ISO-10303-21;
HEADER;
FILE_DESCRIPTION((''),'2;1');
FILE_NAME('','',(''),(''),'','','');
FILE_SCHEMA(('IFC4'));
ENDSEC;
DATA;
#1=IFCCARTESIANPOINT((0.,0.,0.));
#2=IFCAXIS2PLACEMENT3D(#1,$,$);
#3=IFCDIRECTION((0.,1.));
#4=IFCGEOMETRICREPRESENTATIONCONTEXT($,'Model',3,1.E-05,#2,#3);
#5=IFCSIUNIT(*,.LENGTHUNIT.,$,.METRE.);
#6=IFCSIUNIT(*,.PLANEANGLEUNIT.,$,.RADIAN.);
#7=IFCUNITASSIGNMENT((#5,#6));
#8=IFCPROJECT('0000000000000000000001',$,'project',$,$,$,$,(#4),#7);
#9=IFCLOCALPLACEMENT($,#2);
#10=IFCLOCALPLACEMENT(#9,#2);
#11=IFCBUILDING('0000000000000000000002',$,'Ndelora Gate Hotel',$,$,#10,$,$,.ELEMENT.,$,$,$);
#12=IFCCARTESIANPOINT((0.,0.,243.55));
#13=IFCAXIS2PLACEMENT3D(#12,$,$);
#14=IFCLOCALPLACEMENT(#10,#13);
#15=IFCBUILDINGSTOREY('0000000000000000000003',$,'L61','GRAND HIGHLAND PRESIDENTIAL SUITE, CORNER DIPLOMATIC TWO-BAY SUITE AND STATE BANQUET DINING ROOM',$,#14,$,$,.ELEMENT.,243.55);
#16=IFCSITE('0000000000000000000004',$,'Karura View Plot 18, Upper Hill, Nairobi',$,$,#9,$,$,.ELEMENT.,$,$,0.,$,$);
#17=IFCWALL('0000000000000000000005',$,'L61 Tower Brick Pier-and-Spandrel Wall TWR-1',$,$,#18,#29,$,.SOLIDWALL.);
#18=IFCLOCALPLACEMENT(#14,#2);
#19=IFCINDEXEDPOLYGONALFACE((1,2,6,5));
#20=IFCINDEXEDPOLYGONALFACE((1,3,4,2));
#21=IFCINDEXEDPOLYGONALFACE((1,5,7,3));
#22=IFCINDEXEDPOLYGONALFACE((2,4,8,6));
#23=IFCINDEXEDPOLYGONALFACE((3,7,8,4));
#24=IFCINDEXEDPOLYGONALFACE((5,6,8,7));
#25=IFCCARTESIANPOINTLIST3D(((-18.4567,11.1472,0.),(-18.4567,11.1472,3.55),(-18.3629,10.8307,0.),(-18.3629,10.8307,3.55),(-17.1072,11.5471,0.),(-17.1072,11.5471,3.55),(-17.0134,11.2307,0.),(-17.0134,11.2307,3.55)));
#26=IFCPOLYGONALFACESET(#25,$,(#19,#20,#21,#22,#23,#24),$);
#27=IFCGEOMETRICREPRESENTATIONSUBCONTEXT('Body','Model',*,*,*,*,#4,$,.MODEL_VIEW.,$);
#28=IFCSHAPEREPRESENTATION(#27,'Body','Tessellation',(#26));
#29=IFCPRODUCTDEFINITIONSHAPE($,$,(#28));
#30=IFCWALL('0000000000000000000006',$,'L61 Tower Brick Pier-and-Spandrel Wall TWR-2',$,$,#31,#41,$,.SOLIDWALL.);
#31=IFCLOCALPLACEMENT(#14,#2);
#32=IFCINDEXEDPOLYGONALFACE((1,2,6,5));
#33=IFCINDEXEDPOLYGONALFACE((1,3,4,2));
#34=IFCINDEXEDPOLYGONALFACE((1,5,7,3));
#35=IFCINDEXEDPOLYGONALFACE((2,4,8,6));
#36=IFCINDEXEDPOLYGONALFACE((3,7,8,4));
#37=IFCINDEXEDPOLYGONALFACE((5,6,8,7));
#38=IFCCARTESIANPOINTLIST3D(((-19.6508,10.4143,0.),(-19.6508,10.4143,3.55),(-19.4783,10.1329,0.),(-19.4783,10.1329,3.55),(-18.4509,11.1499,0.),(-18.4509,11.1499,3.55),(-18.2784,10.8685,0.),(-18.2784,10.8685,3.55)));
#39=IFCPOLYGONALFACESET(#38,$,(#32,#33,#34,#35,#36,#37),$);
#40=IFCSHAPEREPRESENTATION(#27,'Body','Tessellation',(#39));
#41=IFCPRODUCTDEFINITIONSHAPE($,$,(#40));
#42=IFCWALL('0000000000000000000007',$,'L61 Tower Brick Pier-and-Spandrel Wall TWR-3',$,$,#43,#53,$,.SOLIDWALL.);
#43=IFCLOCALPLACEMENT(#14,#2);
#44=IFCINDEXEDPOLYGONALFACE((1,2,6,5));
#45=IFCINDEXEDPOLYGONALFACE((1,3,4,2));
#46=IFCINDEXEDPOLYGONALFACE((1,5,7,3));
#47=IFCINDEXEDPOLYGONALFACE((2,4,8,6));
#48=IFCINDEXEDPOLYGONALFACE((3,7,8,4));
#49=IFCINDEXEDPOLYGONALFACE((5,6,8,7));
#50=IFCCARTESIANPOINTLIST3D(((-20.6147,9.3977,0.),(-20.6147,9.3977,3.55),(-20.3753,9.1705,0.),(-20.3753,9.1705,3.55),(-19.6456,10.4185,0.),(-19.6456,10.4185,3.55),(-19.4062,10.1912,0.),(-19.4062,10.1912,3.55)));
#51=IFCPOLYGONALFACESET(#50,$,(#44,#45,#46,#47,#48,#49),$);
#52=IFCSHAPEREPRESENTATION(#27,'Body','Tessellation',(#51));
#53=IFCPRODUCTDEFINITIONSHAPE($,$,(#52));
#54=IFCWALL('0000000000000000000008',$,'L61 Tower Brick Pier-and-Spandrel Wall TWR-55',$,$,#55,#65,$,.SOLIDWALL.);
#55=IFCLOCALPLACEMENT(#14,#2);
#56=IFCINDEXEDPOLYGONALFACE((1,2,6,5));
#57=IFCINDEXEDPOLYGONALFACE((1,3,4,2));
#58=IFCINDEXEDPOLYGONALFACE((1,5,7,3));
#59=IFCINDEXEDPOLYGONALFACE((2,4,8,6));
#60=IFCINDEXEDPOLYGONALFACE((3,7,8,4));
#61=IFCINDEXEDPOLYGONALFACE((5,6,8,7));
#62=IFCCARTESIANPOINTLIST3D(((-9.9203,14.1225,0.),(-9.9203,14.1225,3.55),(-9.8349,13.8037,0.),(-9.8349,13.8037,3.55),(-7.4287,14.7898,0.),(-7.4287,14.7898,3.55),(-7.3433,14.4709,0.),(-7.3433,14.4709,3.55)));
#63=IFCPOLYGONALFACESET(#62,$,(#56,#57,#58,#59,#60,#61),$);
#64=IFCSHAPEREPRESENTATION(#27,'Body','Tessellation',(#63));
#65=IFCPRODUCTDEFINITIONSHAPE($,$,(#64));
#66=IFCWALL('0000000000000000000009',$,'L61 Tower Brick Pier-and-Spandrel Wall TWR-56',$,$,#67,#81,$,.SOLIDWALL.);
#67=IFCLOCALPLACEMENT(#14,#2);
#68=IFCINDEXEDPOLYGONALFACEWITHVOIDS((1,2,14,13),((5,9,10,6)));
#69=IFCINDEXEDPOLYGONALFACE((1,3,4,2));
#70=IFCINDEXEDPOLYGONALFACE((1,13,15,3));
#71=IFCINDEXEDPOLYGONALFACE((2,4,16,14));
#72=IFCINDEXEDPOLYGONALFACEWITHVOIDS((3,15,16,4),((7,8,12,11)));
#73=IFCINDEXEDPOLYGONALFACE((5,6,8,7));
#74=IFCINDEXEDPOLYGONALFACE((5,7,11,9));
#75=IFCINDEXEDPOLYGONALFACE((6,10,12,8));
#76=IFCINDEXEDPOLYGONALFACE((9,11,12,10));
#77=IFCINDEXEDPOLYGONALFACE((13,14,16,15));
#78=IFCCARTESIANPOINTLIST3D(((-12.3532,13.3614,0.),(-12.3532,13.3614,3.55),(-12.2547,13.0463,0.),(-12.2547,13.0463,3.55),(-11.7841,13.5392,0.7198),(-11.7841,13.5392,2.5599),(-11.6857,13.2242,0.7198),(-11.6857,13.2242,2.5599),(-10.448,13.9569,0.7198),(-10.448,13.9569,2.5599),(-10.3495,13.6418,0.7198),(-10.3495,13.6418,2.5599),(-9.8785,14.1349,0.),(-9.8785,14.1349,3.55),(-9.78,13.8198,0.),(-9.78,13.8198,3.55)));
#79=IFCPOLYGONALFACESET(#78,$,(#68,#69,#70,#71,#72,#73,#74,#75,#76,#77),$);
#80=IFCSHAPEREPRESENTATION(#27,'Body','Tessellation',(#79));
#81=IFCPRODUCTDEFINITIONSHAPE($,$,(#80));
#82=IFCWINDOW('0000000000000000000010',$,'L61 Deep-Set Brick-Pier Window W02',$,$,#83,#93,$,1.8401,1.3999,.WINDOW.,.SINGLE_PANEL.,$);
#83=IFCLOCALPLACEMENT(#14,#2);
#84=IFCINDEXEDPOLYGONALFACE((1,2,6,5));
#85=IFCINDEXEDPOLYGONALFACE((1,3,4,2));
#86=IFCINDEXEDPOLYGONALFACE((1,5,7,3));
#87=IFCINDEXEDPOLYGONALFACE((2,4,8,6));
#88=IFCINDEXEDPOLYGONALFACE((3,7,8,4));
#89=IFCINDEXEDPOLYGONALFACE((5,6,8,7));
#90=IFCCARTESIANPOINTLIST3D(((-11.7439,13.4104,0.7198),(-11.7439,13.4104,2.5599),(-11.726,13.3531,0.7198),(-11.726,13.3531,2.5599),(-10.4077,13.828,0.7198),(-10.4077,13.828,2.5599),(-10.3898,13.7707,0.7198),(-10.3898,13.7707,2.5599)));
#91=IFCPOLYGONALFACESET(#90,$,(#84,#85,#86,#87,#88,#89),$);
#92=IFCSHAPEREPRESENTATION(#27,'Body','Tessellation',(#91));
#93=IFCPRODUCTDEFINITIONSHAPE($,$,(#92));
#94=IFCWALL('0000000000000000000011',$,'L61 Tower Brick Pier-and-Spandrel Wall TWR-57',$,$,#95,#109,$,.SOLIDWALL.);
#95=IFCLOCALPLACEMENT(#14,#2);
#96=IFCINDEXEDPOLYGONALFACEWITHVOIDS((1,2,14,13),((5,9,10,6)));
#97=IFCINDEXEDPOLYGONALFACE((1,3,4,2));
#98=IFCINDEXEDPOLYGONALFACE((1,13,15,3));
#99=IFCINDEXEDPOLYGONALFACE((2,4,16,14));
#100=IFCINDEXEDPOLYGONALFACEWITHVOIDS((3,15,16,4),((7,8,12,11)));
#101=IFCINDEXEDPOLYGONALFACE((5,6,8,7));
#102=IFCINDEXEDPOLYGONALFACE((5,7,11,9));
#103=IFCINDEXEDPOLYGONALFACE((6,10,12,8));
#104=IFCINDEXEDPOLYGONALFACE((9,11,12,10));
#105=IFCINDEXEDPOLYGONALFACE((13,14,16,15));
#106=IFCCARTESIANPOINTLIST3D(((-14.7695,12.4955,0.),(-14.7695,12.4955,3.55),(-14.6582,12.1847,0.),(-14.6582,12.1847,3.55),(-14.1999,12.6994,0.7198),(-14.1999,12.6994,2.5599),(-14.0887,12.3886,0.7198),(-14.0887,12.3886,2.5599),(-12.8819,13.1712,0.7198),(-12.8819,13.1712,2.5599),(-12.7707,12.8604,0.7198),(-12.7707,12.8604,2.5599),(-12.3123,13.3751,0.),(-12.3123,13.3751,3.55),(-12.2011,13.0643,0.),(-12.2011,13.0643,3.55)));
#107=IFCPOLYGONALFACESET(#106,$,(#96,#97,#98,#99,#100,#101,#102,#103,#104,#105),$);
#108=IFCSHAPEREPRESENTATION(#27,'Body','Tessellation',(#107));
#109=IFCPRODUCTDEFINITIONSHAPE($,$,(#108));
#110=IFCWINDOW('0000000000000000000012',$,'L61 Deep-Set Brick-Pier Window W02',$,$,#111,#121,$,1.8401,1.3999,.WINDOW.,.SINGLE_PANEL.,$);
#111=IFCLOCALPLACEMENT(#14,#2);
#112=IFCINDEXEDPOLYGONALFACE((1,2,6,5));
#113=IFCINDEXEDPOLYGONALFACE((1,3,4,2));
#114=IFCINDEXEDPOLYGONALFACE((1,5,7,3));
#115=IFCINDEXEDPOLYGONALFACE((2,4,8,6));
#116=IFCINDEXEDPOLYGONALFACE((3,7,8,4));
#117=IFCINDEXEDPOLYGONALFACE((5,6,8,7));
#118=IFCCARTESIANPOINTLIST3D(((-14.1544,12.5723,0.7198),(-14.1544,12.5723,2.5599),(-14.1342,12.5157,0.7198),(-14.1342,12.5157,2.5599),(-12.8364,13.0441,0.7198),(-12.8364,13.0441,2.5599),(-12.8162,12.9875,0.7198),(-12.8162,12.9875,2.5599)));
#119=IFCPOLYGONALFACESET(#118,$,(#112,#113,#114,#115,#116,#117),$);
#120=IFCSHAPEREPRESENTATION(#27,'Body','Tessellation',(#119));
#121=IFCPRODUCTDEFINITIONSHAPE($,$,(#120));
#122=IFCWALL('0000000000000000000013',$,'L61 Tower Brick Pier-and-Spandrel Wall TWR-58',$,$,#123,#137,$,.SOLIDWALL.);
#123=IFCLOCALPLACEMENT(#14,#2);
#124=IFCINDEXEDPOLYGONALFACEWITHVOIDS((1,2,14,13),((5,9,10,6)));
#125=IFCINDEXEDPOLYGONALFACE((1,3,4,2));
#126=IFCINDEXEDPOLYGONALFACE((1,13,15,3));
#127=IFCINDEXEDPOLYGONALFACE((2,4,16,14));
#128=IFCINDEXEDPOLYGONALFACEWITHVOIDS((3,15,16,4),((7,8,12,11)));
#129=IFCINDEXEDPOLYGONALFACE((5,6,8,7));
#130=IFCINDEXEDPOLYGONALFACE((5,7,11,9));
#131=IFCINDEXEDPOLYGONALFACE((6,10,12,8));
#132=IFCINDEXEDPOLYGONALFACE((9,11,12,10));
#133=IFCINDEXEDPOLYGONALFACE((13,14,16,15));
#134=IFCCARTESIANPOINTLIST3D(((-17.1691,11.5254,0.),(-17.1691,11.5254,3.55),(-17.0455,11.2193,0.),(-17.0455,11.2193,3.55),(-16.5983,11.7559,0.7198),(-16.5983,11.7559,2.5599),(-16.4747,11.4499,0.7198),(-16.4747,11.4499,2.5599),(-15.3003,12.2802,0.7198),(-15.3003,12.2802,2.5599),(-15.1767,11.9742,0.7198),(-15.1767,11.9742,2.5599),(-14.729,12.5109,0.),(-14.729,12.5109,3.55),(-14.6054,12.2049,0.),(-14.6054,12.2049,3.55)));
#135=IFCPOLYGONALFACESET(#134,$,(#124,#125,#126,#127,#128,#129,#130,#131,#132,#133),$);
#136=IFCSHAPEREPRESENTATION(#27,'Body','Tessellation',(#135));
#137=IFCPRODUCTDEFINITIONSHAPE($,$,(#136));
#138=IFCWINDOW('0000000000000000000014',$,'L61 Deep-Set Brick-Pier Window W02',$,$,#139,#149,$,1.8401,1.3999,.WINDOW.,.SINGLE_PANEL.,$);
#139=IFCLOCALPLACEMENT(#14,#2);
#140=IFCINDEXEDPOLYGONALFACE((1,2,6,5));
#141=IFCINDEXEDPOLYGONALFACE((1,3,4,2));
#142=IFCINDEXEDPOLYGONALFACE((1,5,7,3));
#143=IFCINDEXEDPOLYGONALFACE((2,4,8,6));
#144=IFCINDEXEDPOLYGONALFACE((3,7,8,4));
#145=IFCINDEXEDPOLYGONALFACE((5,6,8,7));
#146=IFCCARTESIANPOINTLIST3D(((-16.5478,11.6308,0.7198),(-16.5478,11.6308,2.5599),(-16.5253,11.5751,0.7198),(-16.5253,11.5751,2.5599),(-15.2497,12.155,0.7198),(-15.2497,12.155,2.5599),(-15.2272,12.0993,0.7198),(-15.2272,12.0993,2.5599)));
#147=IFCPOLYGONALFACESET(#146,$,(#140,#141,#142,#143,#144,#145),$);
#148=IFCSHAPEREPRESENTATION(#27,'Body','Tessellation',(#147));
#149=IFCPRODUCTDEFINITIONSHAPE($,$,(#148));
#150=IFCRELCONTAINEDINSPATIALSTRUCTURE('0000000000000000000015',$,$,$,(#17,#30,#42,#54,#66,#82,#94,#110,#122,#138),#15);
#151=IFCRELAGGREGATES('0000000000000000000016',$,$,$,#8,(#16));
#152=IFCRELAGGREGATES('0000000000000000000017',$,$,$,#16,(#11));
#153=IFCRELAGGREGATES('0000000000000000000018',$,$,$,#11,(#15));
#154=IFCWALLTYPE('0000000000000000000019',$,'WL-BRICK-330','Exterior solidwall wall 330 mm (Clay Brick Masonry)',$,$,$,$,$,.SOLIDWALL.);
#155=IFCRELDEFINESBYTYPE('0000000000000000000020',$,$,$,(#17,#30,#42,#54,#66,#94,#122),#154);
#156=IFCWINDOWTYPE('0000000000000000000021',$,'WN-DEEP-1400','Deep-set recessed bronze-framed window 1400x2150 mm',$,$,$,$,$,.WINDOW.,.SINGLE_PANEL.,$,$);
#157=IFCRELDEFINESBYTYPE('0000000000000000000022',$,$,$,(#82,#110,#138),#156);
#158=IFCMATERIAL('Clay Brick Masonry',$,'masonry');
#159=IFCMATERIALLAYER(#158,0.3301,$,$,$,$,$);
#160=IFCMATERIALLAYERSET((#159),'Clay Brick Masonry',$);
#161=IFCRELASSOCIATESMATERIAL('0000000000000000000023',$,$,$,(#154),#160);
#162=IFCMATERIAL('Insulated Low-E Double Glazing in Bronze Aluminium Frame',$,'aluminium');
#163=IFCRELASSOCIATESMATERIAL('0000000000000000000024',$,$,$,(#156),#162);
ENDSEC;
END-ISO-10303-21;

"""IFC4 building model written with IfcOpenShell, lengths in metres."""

from ifc_helpers import new_model, si_unit, direction, frame, frame_2d, origin, place, context, subcontext, project, spatial, rectangle, extrude, material, layer, layer_set, type_object, element, fill, save


model = new_model("IFC4")

# Units and contexts
model_context = context("Model", 3, precision=1e-05, world=origin(), true_north=direction((0.0, 1.0)))
body_context = subcontext(model_context, "Body", "Model", "MODEL_VIEW")
ifc_project = project(units=[si_unit("LENGTHUNIT", "METRE"), si_unit("PLANEANGLEUNIT", "RADIAN")], contexts=[model_context])

# Site, building, storey
site_placement = place(None, origin())
site = spatial("IfcSite", under=ifc_project, at=site_placement, Name="Karura View Plot 18, Upper Hill, Nairobi", CompositionType="ELEMENT", RefElevation=0.0)
building_placement = place(site_placement, origin())
building = spatial("IfcBuilding", under=site, at=building_placement, Name="Ndelora Gate Hotel", CompositionType="ELEMENT")
storey_placement = place(building_placement, frame((0.0, 0.0, 243.55)))
storey = spatial("IfcBuildingStorey", under=building, at=storey_placement, Name="L61", Description="GRAND HIGHLAND PRESIDENTIAL SUITE, CORNER DIPLOMATIC TWO-BAY SUITE AND STATE BANQUET DINING ROOM", CompositionType="ELEMENT", Elevation=243.55)

# Walls
ifc_material_1 = material(Name="Clay Brick Masonry", Category="masonry")
ifc_layer_1 = layer(ifc_material_1, 0.3301)
ifc_layer_set_1 = layer_set([ifc_layer_1], Name="Clay Brick Masonry")
wall_type_1 = type_object("IfcWallType", Name="WL-BRICK-330", Description="Exterior solidwall wall 330 mm (Clay Brick Masonry)", PredefinedType="SOLIDWALL", material=ifc_layer_set_1)
for number, where, z_axis, x_axis, name in (
    (1, (-18.4097, 10.989, 0.0), (0.0, 0.0, 1.0), (0.958781, 0.284147, 0.0), "L61 Tower Brick Pier-and-Spandrel Wall TWR-1"),
    (2, (-19.5645, 10.2737, 0.0), (0.0, 0.0, 1.0), (0.852556, 0.522635, 0.0), "L61 Tower Brick Pier-and-Spandrel Wall TWR-2"),
    (3, (-20.4949, 9.2842, 0.0), (0.0, 0.0, 1.0), (0.68848, 0.725255, 0.0), "L61 Tower Brick Pier-and-Spandrel Wall TWR-3"),
):
    element("IfcWall", number, at=place(storey_placement, frame(where, z_axis=z_axis, x_axis=x_axis)), inside=storey, type_object=wall_type_1, Name=name, PredefinedType="SOLIDWALL", context=body_context, shape_type="SweptSolid", body=[
        extrude(rectangle(XDim=1.4075, YDim=0.3301, at=frame_2d((0.7036, 0.0))), origin(), (0.0, 0.0, 1.0), 3.55),
    ])
wall_1_placement = place(storey_placement, frame((-9.8774, 13.9631, 0.0), z_axis=(0.0, 0.0, 1.0), x_axis=(0.965959, 0.258694, 0.0)))
element("IfcWall", 4, at=wall_1_placement, inside=storey, type_object=wall_type_1, Name="L61 Tower Brick Pier-and-Spandrel Wall TWR-55", PredefinedType="SOLIDWALL", context=body_context, shape_type="SweptSolid", body=[
    extrude(rectangle(XDim=2.5793, YDim=0.3301, at=frame_2d((1.2896, 0.0))), origin(), (0.0, 0.0, 1.0), 3.55),
])

# Walls, openings, windows
wall_2_placement = place(storey_placement, frame((-12.304, 13.2039, 0.0), z_axis=(0.0, 0.0, 1.0), x_axis=(0.954467, 0.298318, 0.0)))
wall_2 = element("IfcWall", 5, at=wall_2_placement, inside=storey, type_object=wall_type_1, Name="L61 Tower Brick Pier-and-Spandrel Wall TWR-56", PredefinedType="SOLIDWALL", context=body_context, shape_type="SweptSolid", body=[
    extrude(rectangle(XDim=2.5928, YDim=0.3301, at=frame_2d((1.2964, 0.0))), origin(), (0.0, 0.0, 1.0), 3.55),
])
opening_1_placement = place(wall_2_placement, frame((0.5962, 0.0, 0.72)))
opening_1 = element("IfcOpeningElement", 6, at=opening_1_placement, cuts=wall_2, PredefinedType="OPENING", context=body_context, shape_type="SweptSolid", body=[
    extrude(rectangle(XDim=1.3999, YDim=1.8401, at=frame_2d((0.7, 0.9199))), frame((0.0, 0.175, 0.0), z_axis=(0.0, -1.0, 0.0), x_axis=(1.0, 0.0, 0.0)), (0.0, 0.0, 1.0), 0.3501),
])
ifc_material_2 = material(Name="Insulated Low-E Double Glazing in Bronze Aluminium Frame", Category="aluminium")
window_type = type_object("IfcWindowType", Name="WN-DEEP-1400", Description="Deep-set recessed bronze-framed window 1400x2150 mm", PartitioningType="SINGLE_PANEL", PredefinedType="WINDOW", material=ifc_material_2)
window_1_placement = place(opening_1_placement, origin())
window_1 = element("IfcWindow", 7, at=window_1_placement, inside=storey, type_object=window_type, Name="L61 Deep-Set Brick-Pier Window W02", OverallHeight=1.8401, OverallWidth=1.3999, PartitioningType="SINGLE_PANEL", PredefinedType="WINDOW", context=body_context, shape_type="SweptSolid", body=[
    extrude(rectangle(XDim=1.3999, YDim=1.8401, at=frame_2d((0.7, 0.9199))), frame((0.0, 0.03, 0.0), z_axis=(0.0, -1.0, 0.0), x_axis=(1.0, 0.0, 0.0)), (0.0, 0.0, 1.0), 0.0601),
])
fill(opening_1, window_1)
wall_3_placement = place(storey_placement, frame((-14.7139, 12.3401, 0.0), z_axis=(0.0, 0.0, 1.0), x_axis=(0.941494, 0.33703, 0.0)))
wall_3 = element("IfcWall", 8, at=wall_3_placement, inside=storey, type_object=wall_type_1, Name="L61 Tower Brick Pier-and-Spandrel Wall TWR-57", PredefinedType="SOLIDWALL", context=body_context, shape_type="SweptSolid", body=[
    extrude(rectangle(XDim=2.6099, YDim=0.3301, at=frame_2d((1.3049, 0.0))), origin(), (0.0, 0.0, 1.0), 3.55),
])
opening_2_placement = place(wall_3_placement, frame((0.605, 0.0, 0.72)))
opening_2 = element("IfcOpeningElement", 9, at=opening_2_placement, cuts=wall_3, PredefinedType="OPENING", context=body_context, shape_type="SweptSolid", body=[
    extrude(rectangle(XDim=1.3999, YDim=1.8401, at=frame_2d((0.7, 0.9199))), frame((0.0, 0.175, 0.0), z_axis=(0.0, -1.0, 0.0), x_axis=(1.0, 0.0, 0.0)), (0.0, 0.0, 1.0), 0.3501),
])
window_2_placement = place(opening_2_placement, origin())
window_2 = element("IfcWindow", 10, at=window_2_placement, inside=storey, type_object=window_type, Name="L61 Deep-Set Brick-Pier Window W02", OverallHeight=1.8401, OverallWidth=1.3999, PartitioningType="SINGLE_PANEL", PredefinedType="WINDOW", context=body_context, shape_type="SweptSolid", body=[
    extrude(rectangle(XDim=1.3999, YDim=1.8401, at=frame_2d((0.7, 0.9199))), frame((0.0, 0.03, 0.0), z_axis=(0.0, -1.0, 0.0), x_axis=(1.0, 0.0, 0.0)), (0.0, 0.0, 1.0), 0.0601),
])
fill(opening_2, window_2)
wall_4_placement = place(storey_placement, frame((-17.1074, 11.3723, 0.0), z_axis=(0.0, 0.0, 1.0), x_axis=(0.927224, 0.374508, 0.0)))
wall_4 = element("IfcWall", 11, at=wall_4_placement, inside=storey, type_object=wall_type_1, Name="L61 Tower Brick Pier-and-Spandrel Wall TWR-58", PredefinedType="SOLIDWALL", context=body_context, shape_type="SweptSolid", body=[
    extrude(rectangle(XDim=2.6316, YDim=0.3301, at=frame_2d((1.3159, 0.0))), origin(), (0.0, 0.0, 1.0), 3.55),
])
opening_3_placement = place(wall_4_placement, frame((0.6157, 0.0, 0.72)))
opening_3 = element("IfcOpeningElement", 12, at=opening_3_placement, cuts=wall_4, PredefinedType="OPENING", context=body_context, shape_type="SweptSolid", body=[
    extrude(rectangle(XDim=1.3999, YDim=1.8401, at=frame_2d((0.7, 0.9199))), frame((0.0, 0.175, 0.0), z_axis=(0.0, -1.0, 0.0), x_axis=(1.0, 0.0, 0.0)), (0.0, 0.0, 1.0), 0.3501),
])
window_3_placement = place(opening_3_placement, origin())
window_3 = element("IfcWindow", 13, at=window_3_placement, inside=storey, type_object=window_type, Name="L61 Deep-Set Brick-Pier Window W02", OverallHeight=1.8401, OverallWidth=1.3999, PartitioningType="SINGLE_PANEL", PredefinedType="WINDOW", context=body_context, shape_type="SweptSolid", body=[
    extrude(rectangle(XDim=1.3999, YDim=1.8401, at=frame_2d((0.7, 0.9199))), frame((0.0, 0.03, 0.0), z_axis=(0.0, -1.0, 0.0), x_axis=(1.0, 0.0, 0.0)), (0.0, 0.0, 1.0), 0.0601),
])
fill(opening_3, window_3)

save(model, "model.ifc")
